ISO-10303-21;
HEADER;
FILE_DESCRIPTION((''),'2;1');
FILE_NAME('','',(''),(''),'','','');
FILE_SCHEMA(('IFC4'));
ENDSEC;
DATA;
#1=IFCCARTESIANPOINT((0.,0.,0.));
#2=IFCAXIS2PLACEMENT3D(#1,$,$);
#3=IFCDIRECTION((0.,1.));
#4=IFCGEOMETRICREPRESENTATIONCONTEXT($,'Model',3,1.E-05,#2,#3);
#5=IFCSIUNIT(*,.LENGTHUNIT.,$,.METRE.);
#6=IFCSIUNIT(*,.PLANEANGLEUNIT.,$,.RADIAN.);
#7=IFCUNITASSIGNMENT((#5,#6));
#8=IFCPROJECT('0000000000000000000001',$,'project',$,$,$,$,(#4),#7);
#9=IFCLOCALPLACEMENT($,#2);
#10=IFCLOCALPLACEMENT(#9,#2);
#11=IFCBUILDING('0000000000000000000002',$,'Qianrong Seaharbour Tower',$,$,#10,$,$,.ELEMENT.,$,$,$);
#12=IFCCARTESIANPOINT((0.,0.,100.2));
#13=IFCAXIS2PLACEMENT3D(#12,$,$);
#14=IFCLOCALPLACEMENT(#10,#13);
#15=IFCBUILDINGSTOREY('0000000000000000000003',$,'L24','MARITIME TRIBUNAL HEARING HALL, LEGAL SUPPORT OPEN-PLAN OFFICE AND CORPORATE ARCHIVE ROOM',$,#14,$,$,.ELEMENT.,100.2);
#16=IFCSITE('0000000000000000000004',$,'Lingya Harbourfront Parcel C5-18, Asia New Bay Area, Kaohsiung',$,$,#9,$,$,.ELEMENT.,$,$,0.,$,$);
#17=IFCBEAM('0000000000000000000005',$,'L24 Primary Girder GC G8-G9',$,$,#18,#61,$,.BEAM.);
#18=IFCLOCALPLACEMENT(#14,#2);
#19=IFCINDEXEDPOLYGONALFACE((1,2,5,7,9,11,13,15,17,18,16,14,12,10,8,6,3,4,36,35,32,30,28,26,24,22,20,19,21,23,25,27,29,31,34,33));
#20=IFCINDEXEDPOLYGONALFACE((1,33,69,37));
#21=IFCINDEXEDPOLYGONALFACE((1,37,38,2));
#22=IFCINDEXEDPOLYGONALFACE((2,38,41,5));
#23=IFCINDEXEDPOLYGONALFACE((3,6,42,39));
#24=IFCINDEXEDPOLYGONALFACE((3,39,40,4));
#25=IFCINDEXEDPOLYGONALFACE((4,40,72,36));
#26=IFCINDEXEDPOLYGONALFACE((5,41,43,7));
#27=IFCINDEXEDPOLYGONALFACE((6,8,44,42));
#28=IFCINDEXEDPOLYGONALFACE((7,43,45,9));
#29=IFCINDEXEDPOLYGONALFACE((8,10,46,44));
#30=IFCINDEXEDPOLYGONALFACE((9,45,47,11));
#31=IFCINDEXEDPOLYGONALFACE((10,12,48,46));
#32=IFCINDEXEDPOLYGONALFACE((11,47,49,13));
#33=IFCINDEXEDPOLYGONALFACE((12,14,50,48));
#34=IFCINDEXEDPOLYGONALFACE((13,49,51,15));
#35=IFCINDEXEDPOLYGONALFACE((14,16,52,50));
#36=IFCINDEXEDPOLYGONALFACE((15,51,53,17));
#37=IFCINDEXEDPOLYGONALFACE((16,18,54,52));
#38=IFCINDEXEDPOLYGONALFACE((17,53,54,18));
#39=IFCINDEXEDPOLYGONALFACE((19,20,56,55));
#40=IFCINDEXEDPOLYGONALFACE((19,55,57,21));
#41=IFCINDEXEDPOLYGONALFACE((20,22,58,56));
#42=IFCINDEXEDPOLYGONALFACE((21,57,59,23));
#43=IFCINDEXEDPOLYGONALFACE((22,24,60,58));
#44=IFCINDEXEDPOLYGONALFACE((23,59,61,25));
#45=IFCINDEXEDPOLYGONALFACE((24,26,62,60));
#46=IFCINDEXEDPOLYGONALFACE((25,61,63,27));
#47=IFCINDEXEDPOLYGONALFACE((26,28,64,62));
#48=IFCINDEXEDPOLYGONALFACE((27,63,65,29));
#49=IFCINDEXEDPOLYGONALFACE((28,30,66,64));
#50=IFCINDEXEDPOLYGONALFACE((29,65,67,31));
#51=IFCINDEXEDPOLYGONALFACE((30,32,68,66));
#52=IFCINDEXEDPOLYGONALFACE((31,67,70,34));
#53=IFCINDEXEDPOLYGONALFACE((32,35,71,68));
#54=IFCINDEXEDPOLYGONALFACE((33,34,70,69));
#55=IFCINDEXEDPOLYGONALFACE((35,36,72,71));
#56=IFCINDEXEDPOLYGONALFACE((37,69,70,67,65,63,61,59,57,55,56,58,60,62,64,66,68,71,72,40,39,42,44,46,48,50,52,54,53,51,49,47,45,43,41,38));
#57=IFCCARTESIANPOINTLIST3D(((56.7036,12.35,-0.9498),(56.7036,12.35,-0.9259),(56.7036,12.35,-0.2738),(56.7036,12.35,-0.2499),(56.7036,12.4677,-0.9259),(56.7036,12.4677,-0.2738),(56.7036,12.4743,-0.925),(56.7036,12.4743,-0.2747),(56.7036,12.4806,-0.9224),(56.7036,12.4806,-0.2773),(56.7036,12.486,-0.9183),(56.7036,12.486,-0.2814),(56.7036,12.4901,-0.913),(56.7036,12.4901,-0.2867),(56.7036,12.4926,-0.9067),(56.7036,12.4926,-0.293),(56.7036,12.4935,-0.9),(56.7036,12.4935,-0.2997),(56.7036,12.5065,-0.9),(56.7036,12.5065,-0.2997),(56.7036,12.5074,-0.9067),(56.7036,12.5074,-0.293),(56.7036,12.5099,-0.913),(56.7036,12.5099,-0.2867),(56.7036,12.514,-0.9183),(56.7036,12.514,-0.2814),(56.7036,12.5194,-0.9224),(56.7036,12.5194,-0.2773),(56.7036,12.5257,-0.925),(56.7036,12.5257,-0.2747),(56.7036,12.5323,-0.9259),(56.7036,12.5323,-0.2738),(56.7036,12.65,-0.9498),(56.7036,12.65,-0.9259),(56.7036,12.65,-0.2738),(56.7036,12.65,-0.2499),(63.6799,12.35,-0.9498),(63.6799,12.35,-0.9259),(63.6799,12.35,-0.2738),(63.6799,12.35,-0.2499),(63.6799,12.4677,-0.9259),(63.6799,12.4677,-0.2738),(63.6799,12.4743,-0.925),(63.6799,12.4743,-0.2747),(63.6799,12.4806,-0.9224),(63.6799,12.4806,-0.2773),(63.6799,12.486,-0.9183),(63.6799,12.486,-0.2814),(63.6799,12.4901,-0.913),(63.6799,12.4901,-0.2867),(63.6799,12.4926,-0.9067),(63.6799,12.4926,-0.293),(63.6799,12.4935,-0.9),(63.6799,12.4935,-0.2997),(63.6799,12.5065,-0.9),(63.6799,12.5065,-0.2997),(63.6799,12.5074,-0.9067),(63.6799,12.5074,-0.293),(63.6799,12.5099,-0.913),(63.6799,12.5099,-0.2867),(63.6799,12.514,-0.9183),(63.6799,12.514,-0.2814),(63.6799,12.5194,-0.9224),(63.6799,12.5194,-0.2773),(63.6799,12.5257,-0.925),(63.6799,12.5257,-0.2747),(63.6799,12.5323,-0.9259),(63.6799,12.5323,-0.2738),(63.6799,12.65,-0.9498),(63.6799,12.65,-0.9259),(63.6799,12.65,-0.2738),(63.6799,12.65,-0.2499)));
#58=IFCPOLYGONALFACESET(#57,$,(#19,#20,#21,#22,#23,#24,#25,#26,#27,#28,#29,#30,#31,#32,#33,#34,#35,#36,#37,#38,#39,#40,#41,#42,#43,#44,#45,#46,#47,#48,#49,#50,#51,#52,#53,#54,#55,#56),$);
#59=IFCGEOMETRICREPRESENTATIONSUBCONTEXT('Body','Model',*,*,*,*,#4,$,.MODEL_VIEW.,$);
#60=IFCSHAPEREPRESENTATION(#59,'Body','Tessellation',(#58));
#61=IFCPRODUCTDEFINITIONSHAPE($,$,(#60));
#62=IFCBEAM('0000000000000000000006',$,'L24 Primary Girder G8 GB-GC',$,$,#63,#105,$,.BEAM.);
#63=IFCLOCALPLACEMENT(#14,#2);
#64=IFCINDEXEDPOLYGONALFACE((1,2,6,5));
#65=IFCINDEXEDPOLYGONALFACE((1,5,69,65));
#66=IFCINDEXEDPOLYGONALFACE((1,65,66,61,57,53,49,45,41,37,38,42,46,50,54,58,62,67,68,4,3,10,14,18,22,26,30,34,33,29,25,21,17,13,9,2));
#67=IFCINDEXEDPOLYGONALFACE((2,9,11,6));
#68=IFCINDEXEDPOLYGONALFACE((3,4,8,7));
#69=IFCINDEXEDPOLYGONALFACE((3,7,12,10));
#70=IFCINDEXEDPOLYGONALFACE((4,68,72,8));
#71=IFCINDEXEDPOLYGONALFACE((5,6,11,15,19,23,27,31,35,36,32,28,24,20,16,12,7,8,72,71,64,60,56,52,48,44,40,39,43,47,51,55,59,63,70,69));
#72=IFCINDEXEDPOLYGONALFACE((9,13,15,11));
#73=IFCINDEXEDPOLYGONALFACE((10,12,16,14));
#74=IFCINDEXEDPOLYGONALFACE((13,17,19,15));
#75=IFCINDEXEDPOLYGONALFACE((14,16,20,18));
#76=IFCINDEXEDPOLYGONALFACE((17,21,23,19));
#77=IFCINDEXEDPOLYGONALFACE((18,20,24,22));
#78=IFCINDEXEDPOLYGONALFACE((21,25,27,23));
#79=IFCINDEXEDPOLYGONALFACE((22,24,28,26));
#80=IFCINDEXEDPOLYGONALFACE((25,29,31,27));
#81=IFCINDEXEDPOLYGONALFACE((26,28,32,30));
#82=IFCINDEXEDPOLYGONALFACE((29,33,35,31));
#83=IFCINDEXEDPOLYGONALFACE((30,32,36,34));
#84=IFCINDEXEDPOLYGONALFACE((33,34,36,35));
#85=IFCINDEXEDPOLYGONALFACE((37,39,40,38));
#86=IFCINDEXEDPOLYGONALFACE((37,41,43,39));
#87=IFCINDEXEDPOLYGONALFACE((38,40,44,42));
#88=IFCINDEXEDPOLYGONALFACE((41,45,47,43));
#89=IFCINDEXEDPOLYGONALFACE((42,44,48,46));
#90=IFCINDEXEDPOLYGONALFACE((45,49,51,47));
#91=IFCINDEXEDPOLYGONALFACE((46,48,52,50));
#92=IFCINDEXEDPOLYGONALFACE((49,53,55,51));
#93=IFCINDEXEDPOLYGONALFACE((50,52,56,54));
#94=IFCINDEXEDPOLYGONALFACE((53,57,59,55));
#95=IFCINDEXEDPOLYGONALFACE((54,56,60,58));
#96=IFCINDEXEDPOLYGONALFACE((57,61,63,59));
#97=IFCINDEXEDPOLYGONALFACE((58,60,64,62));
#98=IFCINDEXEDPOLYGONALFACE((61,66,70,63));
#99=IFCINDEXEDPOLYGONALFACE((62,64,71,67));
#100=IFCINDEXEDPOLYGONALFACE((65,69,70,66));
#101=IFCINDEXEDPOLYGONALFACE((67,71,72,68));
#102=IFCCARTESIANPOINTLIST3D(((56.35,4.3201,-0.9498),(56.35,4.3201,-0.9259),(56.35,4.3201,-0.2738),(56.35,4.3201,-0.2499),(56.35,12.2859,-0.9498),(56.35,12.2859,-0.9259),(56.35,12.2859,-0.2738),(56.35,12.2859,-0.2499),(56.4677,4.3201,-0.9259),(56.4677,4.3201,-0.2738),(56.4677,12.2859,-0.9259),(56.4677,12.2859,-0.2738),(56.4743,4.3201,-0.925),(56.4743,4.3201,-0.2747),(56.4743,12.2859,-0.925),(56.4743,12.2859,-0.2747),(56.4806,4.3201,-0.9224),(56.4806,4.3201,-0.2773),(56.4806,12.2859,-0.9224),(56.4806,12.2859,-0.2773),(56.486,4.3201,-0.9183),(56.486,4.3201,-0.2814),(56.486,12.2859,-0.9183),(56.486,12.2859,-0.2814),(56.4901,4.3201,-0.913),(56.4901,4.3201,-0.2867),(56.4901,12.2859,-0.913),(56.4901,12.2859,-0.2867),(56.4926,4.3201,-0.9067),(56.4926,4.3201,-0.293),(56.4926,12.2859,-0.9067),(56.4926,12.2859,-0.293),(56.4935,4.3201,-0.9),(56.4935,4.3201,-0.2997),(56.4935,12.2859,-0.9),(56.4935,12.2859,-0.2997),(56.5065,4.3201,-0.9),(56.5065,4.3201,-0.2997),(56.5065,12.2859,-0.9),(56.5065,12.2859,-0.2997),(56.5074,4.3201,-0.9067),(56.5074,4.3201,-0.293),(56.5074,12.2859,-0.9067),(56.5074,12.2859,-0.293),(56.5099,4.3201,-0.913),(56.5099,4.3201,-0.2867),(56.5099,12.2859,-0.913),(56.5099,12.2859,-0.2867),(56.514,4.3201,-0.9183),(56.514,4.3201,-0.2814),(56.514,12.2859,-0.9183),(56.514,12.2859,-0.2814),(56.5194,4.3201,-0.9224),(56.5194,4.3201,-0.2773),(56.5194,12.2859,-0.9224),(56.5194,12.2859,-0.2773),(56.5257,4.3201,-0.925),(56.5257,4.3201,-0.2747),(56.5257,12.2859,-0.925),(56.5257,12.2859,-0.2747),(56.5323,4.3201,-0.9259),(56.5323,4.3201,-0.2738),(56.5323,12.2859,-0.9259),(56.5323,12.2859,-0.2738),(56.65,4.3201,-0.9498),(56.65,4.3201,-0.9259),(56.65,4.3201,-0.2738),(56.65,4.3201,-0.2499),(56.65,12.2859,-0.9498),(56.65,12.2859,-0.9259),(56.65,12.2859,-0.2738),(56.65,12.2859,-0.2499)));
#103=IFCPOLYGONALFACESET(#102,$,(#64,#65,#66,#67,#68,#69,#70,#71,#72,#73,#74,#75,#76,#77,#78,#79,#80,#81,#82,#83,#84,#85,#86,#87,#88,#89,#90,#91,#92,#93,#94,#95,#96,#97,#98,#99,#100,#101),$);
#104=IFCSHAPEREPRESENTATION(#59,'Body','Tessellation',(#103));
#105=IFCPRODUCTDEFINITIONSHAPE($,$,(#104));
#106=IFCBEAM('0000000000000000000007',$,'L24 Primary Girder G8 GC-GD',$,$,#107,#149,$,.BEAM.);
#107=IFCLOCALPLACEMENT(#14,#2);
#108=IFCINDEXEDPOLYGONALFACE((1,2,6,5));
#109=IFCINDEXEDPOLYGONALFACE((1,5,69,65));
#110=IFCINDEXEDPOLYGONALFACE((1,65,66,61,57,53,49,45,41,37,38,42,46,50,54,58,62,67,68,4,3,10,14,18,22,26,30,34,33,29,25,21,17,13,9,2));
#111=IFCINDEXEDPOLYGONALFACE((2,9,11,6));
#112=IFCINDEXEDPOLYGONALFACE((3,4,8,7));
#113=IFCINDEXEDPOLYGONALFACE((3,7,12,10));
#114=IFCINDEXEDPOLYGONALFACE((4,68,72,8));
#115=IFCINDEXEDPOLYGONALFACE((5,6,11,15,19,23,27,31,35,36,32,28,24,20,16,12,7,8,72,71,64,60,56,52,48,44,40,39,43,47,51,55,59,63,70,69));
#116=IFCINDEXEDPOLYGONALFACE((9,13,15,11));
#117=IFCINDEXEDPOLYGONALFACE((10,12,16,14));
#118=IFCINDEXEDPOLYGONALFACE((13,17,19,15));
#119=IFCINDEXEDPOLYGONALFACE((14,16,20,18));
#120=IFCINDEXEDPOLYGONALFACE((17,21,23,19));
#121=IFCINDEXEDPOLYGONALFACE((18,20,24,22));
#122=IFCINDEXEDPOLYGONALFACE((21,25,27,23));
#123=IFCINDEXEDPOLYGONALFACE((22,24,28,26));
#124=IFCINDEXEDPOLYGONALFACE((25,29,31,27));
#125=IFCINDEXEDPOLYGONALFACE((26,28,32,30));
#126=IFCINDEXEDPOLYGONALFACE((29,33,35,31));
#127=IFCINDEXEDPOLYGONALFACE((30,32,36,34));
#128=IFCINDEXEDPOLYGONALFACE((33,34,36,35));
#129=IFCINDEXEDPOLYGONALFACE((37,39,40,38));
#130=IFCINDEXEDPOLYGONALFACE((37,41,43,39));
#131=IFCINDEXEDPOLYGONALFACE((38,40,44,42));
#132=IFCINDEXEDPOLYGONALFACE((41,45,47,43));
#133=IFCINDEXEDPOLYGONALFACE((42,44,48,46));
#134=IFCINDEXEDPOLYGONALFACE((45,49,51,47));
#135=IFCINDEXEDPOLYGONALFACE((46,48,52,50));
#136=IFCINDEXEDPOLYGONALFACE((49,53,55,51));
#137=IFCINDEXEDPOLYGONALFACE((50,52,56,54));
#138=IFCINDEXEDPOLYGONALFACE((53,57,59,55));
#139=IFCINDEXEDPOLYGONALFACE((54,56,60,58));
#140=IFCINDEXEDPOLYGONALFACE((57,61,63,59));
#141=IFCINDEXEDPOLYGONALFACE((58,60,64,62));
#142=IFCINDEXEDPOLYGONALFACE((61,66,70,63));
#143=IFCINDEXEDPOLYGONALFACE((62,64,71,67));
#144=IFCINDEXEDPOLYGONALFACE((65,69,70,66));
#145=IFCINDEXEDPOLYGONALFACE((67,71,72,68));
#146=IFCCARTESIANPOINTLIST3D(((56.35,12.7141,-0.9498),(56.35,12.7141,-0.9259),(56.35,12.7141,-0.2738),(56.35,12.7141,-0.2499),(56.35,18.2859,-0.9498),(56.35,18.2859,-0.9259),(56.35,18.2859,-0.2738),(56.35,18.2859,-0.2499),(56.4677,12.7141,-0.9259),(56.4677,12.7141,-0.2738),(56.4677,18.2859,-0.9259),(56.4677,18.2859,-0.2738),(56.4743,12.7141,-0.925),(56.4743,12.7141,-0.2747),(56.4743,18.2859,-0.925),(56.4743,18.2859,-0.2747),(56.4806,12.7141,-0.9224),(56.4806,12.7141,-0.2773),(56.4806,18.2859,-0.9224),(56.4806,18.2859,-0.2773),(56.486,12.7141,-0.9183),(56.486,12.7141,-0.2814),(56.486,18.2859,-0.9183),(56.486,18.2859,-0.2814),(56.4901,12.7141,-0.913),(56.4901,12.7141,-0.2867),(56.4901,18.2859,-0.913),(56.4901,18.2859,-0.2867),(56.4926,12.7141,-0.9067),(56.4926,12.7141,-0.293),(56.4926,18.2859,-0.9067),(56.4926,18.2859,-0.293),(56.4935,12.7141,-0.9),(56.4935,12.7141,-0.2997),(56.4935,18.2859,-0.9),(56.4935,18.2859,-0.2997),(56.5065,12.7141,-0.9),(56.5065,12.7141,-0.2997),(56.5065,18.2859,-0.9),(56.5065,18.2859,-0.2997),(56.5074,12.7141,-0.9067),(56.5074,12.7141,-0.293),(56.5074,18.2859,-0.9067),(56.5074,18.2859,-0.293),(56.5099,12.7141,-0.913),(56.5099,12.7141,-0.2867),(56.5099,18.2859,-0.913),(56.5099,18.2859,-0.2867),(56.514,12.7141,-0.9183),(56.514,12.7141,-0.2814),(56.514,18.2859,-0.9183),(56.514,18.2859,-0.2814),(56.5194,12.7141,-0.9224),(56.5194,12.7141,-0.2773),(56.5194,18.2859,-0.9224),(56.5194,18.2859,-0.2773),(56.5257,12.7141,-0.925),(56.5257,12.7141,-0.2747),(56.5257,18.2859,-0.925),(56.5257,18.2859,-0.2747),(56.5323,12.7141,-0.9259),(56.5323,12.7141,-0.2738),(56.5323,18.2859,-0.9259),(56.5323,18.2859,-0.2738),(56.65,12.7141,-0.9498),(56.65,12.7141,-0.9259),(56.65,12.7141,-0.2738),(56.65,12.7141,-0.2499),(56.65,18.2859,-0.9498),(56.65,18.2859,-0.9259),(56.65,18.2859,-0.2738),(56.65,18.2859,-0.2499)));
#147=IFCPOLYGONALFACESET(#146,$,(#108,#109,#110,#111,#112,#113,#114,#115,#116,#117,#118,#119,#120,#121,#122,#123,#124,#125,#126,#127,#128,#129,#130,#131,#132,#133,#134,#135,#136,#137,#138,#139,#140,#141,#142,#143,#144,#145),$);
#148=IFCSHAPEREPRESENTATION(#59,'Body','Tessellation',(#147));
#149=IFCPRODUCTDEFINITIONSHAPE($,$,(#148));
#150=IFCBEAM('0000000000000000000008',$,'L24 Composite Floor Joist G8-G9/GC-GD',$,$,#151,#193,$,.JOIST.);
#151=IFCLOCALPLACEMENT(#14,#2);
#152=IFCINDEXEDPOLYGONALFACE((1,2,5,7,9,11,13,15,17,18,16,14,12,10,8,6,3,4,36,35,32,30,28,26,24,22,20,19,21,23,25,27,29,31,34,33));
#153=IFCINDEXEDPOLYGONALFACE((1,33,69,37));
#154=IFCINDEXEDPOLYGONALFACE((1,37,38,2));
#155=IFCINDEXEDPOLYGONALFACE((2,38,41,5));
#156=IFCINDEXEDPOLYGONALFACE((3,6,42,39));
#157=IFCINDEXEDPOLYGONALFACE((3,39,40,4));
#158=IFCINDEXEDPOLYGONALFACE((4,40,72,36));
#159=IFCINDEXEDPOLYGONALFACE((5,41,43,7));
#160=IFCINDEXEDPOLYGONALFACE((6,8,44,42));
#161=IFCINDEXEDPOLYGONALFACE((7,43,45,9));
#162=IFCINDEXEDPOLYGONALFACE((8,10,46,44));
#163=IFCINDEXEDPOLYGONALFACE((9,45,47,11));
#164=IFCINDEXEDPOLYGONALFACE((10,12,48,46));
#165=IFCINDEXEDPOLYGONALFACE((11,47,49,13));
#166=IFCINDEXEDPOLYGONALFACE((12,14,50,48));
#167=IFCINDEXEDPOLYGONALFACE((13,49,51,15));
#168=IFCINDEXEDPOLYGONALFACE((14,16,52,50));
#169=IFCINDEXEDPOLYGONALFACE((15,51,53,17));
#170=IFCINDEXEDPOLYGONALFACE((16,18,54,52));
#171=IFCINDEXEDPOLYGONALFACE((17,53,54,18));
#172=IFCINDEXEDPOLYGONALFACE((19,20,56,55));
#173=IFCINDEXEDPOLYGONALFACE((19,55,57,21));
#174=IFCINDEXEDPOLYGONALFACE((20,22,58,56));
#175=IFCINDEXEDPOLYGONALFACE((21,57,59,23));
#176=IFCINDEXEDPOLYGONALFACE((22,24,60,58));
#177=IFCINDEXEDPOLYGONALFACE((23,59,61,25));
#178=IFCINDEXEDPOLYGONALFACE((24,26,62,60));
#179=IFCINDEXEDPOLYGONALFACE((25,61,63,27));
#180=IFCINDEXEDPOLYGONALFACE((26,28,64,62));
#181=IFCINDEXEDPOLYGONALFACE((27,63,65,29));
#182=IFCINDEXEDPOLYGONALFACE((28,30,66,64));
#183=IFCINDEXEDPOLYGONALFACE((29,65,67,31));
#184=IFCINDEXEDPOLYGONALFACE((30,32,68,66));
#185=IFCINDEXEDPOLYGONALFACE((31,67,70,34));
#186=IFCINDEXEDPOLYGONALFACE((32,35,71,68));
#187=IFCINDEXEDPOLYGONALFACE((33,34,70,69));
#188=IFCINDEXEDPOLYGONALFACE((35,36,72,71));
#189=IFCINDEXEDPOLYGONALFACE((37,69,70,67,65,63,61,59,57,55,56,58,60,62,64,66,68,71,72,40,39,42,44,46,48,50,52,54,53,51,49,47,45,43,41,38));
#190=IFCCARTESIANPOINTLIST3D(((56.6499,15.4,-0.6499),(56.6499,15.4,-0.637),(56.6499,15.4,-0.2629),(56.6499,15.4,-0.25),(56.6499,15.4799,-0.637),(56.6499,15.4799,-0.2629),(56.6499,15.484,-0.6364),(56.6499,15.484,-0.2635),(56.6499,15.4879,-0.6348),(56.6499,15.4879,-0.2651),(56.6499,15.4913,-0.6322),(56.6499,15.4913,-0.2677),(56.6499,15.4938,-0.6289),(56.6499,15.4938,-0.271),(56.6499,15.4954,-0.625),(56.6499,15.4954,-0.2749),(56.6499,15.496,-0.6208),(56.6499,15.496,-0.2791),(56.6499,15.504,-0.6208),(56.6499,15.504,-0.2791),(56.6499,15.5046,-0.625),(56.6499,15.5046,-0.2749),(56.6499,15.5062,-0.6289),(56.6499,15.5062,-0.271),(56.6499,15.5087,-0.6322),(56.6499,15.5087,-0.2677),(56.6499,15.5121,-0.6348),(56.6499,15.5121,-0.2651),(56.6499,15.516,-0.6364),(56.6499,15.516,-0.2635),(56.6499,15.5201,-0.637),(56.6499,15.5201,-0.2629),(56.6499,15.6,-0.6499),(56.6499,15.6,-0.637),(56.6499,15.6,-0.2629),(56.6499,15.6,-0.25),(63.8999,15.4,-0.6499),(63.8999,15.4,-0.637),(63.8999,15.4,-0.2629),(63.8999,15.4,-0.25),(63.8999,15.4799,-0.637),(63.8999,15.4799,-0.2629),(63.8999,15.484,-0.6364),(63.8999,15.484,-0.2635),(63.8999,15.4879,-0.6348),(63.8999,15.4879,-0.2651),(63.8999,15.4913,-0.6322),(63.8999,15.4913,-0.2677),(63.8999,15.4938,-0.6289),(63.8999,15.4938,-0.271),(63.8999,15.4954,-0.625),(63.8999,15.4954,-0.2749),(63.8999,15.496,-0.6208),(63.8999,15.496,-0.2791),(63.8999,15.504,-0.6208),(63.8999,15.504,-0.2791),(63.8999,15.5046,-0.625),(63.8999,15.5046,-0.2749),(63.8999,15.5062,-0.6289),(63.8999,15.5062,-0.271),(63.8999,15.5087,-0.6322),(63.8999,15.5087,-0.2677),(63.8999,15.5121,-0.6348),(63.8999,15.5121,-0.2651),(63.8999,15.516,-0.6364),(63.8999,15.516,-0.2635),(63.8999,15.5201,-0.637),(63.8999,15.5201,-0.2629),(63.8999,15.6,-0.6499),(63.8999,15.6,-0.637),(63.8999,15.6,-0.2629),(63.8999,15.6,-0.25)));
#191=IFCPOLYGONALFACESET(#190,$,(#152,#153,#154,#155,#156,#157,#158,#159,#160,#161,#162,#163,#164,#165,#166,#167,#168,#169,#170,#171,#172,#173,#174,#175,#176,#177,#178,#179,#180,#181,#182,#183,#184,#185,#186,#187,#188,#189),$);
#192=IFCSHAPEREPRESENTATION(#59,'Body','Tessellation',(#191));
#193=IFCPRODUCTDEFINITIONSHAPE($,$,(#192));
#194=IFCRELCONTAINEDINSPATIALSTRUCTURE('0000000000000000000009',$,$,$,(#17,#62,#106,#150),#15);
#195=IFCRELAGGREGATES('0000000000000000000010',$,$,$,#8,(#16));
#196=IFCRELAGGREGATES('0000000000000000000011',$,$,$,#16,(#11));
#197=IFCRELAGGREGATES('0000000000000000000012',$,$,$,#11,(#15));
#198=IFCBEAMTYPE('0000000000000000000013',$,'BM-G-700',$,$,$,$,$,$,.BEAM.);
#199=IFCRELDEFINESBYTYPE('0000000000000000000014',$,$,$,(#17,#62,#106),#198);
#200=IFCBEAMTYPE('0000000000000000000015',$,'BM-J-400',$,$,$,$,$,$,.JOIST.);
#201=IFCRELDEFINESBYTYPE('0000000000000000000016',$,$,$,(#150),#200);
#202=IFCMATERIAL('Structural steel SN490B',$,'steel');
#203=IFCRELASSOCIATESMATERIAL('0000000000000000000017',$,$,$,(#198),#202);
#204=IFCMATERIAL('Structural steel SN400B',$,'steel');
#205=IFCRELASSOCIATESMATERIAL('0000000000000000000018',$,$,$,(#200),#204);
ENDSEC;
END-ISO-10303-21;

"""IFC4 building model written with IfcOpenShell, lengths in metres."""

from ifc_helpers import new_model, si_unit, direction, frame, origin, origin_2d, place, context, subcontext, project, spatial, i_section, extrude, material, material_profile, profile_set, type_object, element, save


model = new_model("IFC4")

# Units and contexts
model_context = context("Model", 3, precision=1e-05, world=origin(), true_north=direction((0.0, 1.0)))
body_context = subcontext(model_context, "Body", "Model", "MODEL_VIEW")
ifc_project = project(units=[si_unit("LENGTHUNIT", "METRE"), si_unit("PLANEANGLEUNIT", "RADIAN")], contexts=[model_context])

# Site, building, storey
site_placement = place(None, origin())
site = spatial("IfcSite", under=ifc_project, at=site_placement, Name="Lingya Harbourfront Parcel C5-18, Asia New Bay Area, Kaohsiung", CompositionType="ELEMENT", RefElevation=0.0)
building_placement = place(site_placement, origin())
building = spatial("IfcBuilding", under=site, at=building_placement, Name="Qianrong Seaharbour Tower", CompositionType="ELEMENT")
storey_placement = place(building_placement, frame((0.0, 0.0, 100.2)))
storey = spatial("IfcBuildingStorey", under=building, at=storey_placement, Name="L24", Description="MARITIME TRIBUNAL HEARING HALL, LEGAL SUPPORT OPEN-PLAN OFFICE AND CORPORATE ARCHIVE ROOM", CompositionType="ELEMENT", Elevation=100.2)

# Shared definitions
ifc_material_1 = material(Name="Structural steel SN490B", Category="steel")

# Beams
ifc_material_profile_1 = material_profile(ifc_material_1, i_section(OverallWidth=0.3, OverallDepth=0.7, WebThickness=0.0129, FlangeThickness=0.0239, FilletRadius=0.0259, at=origin_2d()), Name="H700x300x13x24")
ifc_profile_set_1 = profile_set([ifc_material_profile_1], Name="Structural steel SN490B")
beam_type_1 = type_object("IfcBeamType", Name="BM-G-700", PredefinedType="BEAM", material=ifc_profile_set_1)
beam_1_placement = place(storey_placement, frame((56.7036, 12.5, -0.5999), z_axis=(1.0, 0.0, 0.0), x_axis=(0.0, 1.0, 0.0)))
element("IfcBeam", 1, at=beam_1_placement, inside=storey, type_object=beam_type_1, Name="L24 Primary Girder GC G8-G9", PredefinedType="BEAM", context=body_context, shape_type="SweptSolid", body=[
    extrude(i_section(OverallWidth=0.3, OverallDepth=0.7, WebThickness=0.0129, FlangeThickness=0.0239, FilletRadius=0.0259, at=origin_2d()), origin(), (0.0, 0.0, 1.0), 6.9763),
])
beam_2_placement = place(storey_placement, frame((56.5, 4.3201, -0.5999), z_axis=(0.0, 1.0, 0.0), x_axis=(-1.0, 0.0, 0.0)))
element("IfcBeam", 2, at=beam_2_placement, inside=storey, type_object=beam_type_1, Name="L24 Primary Girder G8 GB-GC", PredefinedType="BEAM", context=body_context, shape_type="SweptSolid", body=[
    extrude(i_section(OverallWidth=0.3, OverallDepth=0.7, WebThickness=0.0129, FlangeThickness=0.0239, FilletRadius=0.0259, at=origin_2d()), origin(), (0.0, 0.0, 1.0), 7.9658),
])
beam_3_placement = place(storey_placement, frame((56.5, 12.7141, -0.5999), z_axis=(0.0, 1.0, 0.0), x_axis=(-1.0, 0.0, 0.0)))
element("IfcBeam", 3, at=beam_3_placement, inside=storey, type_object=beam_type_1, Name="L24 Primary Girder G8 GC-GD", PredefinedType="BEAM", context=body_context, shape_type="SweptSolid", body=[
    extrude(i_section(OverallWidth=0.3, OverallDepth=0.7, WebThickness=0.0129, FlangeThickness=0.0239, FilletRadius=0.0259, at=origin_2d()), origin(), (0.0, 0.0, 1.0), 5.5718),
])
ifc_material_2 = material(Name="Structural steel SN400B", Category="steel")
ifc_material_profile_2 = material_profile(ifc_material_2, i_section(OverallWidth=0.2, OverallDepth=0.3999, WebThickness=0.0081, FlangeThickness=0.0129, FilletRadius=0.0161, at=origin_2d()), Name="H400x200x8x13")
ifc_profile_set_2 = profile_set([ifc_material_profile_2], Name="Structural steel SN400B")
beam_type_2 = type_object("IfcBeamType", Name="BM-J-400", PredefinedType="JOIST", material=ifc_profile_set_2)
beam_4_placement = place(storey_placement, frame((56.6499, 15.5, -0.45), z_axis=(1.0, 0.0, 0.0), x_axis=(0.0, 1.0, 0.0)))
element("IfcBeam", 4, at=beam_4_placement, inside=storey, type_object=beam_type_2, Name="L24 Composite Floor Joist G8-G9/GC-GD", PredefinedType="JOIST", context=body_context, shape_type="SweptSolid", body=[
    extrude(i_section(OverallWidth=0.2, OverallDepth=0.3999, WebThickness=0.0081, FlangeThickness=0.0129, FilletRadius=0.0161, at=origin_2d()), origin(), (0.0, 0.0, 1.0), 7.25),
])

save(model, "model.ifc")
